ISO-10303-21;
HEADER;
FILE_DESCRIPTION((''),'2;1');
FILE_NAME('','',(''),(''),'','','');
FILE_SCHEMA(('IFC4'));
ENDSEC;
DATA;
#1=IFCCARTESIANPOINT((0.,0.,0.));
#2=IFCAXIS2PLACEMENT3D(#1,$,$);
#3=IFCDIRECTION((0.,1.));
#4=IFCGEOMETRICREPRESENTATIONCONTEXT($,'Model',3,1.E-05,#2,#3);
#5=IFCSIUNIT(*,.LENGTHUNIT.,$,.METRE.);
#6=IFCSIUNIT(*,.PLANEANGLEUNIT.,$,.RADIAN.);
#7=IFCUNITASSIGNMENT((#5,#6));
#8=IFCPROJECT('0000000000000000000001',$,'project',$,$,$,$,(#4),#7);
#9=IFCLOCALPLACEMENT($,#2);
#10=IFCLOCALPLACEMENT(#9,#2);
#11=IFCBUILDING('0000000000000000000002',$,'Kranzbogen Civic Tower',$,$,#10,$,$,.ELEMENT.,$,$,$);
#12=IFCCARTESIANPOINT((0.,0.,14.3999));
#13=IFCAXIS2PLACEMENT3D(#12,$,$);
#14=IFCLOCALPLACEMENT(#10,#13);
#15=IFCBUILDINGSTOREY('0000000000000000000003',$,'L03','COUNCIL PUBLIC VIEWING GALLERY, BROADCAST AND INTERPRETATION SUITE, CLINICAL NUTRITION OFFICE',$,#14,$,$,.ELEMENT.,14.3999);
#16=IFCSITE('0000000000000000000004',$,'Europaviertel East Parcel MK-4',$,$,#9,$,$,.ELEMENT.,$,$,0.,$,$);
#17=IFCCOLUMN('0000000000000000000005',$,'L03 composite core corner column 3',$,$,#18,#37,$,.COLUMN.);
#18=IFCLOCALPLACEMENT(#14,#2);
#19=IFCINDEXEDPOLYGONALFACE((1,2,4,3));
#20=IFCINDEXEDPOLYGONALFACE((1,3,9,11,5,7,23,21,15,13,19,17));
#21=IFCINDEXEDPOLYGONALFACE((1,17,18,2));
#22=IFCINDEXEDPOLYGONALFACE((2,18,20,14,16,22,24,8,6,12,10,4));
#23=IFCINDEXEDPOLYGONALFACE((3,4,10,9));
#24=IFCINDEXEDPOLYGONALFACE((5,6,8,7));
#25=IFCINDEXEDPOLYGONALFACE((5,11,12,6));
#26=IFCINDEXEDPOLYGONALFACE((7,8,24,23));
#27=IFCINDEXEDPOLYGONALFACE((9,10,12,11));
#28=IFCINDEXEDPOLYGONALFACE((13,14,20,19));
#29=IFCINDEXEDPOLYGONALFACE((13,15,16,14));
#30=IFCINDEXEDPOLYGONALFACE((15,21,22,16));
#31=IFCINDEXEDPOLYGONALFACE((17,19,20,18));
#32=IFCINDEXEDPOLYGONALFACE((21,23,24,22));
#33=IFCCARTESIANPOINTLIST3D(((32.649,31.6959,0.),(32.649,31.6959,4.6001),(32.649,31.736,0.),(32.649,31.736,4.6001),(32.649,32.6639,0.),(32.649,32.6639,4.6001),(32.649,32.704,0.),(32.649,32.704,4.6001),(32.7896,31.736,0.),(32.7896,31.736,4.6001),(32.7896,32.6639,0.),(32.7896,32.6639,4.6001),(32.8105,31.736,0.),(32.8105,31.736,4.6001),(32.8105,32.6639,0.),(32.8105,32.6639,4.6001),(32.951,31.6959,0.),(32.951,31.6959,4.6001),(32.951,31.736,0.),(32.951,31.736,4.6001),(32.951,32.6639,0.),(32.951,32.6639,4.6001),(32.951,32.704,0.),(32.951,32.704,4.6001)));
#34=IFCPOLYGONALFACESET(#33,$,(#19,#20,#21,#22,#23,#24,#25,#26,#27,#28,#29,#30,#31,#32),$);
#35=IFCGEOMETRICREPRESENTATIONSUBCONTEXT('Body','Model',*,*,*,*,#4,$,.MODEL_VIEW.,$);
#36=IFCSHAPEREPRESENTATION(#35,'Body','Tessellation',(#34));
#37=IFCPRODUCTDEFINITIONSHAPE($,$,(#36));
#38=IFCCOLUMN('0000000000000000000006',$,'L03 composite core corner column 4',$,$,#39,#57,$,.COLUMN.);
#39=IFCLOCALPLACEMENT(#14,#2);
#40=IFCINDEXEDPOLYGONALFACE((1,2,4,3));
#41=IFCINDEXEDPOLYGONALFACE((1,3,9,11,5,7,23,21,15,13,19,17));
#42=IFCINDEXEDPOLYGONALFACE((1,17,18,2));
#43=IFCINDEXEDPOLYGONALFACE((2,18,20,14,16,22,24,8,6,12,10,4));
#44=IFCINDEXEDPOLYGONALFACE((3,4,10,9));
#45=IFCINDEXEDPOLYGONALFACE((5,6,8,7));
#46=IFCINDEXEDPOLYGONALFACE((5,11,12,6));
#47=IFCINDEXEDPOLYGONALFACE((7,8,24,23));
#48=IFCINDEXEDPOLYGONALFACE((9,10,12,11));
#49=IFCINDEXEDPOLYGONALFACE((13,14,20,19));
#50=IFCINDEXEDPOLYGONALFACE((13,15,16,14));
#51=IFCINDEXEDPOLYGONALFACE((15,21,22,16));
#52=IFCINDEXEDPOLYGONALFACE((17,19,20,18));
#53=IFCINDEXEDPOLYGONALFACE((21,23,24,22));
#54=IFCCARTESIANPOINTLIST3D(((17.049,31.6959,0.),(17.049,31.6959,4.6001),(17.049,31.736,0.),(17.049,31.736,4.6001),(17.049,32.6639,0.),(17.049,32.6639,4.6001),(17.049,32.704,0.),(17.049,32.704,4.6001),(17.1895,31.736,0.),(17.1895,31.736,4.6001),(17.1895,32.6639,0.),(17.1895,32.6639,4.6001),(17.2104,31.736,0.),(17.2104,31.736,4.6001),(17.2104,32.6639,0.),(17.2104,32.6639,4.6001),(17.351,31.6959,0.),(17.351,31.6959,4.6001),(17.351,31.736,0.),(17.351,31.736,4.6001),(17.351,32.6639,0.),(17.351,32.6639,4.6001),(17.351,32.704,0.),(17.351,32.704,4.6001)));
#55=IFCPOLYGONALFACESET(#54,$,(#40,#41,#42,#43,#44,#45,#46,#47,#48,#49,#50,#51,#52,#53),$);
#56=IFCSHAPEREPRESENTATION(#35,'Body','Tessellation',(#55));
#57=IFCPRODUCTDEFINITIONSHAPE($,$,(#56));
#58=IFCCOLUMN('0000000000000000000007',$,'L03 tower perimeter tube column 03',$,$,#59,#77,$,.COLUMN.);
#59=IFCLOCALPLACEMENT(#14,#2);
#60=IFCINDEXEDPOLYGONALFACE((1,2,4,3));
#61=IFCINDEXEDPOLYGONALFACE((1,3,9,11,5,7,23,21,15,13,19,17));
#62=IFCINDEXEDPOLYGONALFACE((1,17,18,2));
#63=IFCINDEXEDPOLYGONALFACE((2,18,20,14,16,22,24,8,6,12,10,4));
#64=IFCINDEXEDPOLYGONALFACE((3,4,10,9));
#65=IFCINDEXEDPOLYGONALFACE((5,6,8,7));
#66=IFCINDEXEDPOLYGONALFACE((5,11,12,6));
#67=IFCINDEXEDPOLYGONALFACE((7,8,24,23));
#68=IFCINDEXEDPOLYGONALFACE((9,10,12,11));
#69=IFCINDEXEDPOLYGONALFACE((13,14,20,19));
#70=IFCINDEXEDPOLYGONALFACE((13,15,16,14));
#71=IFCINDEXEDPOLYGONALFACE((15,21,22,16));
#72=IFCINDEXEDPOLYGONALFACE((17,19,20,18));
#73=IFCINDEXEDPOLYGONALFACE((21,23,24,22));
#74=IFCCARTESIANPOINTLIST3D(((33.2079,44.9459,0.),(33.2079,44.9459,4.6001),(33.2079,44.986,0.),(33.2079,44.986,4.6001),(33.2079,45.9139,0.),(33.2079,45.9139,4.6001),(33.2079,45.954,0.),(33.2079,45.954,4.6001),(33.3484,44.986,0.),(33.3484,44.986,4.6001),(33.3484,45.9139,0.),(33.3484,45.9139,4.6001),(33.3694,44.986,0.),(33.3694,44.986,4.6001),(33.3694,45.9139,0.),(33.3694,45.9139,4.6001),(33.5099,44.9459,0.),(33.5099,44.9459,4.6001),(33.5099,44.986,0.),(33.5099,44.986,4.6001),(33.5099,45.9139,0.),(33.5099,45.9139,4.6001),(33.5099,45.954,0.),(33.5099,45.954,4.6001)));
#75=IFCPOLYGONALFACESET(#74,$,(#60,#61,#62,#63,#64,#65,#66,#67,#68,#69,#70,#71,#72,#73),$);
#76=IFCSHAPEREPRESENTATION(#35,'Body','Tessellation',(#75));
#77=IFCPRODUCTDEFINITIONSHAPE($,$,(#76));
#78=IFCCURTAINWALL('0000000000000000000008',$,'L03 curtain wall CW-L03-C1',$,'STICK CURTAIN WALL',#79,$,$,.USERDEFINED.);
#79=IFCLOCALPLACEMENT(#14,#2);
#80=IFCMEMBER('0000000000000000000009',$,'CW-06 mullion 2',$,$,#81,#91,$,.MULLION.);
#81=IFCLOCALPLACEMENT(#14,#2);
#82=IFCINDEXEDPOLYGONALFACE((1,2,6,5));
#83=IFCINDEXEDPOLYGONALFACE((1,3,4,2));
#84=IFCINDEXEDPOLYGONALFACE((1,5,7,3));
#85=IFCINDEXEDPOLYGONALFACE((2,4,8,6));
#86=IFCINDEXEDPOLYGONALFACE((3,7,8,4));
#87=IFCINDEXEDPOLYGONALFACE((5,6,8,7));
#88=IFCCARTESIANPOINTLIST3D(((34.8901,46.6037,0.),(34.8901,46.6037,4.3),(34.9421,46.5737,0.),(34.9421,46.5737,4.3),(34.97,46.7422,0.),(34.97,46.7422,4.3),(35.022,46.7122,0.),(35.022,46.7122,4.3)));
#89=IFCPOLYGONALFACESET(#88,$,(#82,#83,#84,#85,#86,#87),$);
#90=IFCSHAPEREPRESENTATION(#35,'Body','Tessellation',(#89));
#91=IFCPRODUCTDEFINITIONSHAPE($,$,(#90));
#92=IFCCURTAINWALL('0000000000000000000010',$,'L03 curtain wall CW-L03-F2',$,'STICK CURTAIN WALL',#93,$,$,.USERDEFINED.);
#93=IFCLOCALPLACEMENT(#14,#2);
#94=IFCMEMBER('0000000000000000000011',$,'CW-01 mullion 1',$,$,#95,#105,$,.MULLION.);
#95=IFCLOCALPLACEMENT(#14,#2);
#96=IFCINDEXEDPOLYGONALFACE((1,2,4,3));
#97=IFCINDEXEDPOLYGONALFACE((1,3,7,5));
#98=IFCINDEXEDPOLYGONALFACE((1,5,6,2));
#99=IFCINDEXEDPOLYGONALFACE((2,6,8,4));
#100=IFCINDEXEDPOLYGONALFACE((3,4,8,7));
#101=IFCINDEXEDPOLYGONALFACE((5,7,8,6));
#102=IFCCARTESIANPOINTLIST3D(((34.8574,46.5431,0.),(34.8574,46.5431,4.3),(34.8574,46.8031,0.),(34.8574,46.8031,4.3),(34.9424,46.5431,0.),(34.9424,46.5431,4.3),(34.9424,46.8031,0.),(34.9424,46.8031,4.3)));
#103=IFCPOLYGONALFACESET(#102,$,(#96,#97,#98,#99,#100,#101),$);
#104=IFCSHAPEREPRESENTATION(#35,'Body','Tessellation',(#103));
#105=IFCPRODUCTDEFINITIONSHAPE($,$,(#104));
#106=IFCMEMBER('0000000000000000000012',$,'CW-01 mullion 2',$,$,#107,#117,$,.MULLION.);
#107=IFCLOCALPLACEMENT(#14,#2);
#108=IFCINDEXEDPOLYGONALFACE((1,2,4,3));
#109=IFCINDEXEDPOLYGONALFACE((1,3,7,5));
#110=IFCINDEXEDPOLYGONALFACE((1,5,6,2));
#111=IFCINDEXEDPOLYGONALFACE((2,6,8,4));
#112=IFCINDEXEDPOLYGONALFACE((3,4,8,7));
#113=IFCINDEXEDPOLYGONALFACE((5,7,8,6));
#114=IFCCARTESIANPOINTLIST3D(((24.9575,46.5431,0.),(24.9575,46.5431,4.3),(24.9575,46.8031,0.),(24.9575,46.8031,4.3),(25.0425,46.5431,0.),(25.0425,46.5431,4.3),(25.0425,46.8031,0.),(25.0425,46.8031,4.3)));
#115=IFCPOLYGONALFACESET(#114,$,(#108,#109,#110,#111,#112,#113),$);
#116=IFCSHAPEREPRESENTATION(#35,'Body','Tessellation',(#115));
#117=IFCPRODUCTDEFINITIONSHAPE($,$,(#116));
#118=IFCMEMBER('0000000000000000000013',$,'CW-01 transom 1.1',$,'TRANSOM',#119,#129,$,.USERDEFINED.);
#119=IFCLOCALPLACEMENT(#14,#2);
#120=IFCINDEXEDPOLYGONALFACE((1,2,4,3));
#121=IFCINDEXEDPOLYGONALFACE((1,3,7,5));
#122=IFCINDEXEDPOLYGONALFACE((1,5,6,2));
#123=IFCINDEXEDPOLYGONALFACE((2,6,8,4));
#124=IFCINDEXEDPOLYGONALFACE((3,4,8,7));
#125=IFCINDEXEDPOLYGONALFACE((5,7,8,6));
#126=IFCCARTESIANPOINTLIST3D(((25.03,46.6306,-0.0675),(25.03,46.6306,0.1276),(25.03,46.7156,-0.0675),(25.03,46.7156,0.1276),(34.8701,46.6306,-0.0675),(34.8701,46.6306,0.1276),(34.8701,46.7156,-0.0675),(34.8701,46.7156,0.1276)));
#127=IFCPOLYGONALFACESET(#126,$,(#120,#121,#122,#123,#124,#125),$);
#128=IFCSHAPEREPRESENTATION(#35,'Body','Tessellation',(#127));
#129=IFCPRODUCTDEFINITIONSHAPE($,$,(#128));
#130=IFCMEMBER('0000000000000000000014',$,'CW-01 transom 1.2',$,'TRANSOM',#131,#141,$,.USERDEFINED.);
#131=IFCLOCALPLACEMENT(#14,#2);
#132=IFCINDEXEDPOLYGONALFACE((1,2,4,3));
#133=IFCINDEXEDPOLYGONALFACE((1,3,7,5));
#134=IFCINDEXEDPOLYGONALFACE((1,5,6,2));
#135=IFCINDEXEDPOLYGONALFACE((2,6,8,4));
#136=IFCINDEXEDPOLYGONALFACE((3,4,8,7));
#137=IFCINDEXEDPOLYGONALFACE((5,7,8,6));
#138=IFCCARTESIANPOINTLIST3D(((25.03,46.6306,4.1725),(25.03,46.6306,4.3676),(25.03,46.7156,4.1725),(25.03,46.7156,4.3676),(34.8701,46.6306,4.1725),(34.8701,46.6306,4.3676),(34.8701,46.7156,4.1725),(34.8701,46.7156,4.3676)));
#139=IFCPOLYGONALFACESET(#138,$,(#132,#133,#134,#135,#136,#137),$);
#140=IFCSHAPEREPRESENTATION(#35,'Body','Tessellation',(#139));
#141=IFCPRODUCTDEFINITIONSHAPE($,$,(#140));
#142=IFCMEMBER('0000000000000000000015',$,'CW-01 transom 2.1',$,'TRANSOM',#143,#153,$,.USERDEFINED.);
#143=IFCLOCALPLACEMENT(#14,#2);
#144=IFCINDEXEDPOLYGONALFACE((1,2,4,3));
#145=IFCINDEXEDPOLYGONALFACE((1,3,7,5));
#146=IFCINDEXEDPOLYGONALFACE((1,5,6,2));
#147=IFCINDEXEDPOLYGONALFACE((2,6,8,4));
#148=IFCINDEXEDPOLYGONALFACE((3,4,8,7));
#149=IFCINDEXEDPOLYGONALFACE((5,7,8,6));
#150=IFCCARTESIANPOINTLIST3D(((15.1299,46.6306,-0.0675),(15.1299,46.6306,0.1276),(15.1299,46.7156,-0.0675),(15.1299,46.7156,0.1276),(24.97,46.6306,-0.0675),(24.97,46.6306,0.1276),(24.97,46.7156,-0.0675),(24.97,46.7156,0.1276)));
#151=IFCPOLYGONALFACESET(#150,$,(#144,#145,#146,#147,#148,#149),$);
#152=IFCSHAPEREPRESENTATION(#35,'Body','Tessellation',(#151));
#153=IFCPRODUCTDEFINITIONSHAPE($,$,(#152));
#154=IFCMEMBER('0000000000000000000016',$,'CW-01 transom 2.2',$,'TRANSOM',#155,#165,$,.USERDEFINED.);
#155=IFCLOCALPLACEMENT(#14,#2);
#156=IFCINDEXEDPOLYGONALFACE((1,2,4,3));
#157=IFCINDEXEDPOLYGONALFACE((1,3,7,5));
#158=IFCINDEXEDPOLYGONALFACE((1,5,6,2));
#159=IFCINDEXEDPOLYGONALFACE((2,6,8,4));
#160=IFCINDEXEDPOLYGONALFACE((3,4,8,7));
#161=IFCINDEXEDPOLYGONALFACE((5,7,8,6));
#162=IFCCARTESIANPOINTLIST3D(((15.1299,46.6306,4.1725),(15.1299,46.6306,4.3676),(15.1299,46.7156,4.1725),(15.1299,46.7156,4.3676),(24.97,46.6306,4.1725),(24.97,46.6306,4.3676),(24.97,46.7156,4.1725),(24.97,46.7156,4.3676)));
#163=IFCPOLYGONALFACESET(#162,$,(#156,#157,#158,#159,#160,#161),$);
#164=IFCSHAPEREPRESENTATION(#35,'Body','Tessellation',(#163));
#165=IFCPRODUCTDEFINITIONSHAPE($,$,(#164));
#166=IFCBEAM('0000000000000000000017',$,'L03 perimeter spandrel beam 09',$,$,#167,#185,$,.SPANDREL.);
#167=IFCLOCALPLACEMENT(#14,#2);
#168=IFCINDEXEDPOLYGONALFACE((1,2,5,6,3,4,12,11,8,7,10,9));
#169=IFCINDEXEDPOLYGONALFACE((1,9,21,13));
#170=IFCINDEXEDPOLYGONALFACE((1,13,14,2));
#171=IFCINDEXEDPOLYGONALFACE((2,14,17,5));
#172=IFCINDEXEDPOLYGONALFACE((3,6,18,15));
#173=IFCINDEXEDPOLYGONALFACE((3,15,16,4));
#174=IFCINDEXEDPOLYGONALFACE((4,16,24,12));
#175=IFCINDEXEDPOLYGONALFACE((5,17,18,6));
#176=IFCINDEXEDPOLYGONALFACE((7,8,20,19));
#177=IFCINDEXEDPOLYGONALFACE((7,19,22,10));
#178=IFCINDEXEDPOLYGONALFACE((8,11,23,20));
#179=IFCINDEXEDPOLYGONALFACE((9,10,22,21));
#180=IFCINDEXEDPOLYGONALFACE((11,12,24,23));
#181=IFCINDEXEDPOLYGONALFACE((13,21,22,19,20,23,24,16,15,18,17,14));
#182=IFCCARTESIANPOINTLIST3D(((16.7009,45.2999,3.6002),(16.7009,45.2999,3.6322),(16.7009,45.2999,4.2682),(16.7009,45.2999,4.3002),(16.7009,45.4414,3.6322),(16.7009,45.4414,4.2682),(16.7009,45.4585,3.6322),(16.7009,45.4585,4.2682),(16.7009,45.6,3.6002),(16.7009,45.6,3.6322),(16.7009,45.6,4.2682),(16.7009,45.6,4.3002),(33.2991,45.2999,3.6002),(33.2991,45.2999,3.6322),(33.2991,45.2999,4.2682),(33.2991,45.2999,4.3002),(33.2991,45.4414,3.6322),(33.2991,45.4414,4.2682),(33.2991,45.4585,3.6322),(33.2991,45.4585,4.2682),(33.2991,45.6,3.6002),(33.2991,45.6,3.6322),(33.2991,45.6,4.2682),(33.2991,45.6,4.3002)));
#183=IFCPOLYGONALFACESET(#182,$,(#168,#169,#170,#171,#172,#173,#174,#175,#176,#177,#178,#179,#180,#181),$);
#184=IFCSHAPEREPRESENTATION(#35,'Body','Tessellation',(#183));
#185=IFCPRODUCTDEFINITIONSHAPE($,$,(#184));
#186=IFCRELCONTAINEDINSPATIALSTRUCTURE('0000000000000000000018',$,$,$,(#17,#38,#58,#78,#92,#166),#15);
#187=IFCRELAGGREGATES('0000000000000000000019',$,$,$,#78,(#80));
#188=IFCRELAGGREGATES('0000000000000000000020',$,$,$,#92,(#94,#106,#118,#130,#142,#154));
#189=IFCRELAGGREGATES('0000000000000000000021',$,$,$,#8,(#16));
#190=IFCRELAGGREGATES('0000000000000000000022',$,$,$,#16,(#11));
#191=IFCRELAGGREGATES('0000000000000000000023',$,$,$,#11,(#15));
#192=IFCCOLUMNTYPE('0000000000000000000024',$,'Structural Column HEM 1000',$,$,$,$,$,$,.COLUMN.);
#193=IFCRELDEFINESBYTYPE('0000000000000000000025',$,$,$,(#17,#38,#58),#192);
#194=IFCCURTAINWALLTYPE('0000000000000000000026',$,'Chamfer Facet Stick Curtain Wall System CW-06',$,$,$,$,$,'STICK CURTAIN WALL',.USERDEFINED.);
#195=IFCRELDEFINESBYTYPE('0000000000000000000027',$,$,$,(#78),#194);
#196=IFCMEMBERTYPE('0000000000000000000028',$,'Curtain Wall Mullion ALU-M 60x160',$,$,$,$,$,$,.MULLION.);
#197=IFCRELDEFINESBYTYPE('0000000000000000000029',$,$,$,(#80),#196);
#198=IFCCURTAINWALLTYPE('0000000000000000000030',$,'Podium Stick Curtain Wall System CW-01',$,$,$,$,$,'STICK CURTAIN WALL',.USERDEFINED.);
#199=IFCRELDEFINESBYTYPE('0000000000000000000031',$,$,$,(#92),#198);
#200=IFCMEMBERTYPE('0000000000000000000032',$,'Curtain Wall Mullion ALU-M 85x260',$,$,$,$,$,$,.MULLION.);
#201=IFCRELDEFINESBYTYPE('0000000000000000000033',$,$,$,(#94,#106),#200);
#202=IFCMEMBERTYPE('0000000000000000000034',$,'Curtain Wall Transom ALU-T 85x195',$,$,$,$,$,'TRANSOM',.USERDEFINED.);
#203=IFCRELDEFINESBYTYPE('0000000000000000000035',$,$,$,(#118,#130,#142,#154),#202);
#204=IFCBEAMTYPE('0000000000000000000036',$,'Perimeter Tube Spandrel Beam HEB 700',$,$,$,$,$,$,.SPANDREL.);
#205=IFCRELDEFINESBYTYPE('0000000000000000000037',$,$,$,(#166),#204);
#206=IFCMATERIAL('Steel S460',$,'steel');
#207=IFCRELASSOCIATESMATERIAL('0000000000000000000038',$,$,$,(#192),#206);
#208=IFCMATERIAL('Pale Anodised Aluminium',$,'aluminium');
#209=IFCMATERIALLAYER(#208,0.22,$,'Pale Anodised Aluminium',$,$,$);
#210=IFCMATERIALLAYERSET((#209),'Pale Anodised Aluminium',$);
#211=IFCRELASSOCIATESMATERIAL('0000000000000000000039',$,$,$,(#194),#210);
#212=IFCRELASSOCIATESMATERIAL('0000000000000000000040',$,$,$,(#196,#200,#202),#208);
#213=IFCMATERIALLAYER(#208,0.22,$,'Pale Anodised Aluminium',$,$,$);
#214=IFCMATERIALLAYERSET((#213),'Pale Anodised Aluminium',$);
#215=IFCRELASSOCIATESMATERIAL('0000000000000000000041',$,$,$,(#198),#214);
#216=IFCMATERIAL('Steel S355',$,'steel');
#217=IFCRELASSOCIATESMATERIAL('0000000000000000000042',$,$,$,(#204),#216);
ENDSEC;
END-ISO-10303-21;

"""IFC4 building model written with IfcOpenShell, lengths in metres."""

from ifc_helpers import new_model, si_unit, direction, frame, origin, origin_2d, place, context, subcontext, project, spatial, rectangle, i_section, extrude, material, layer, layer_set, material_profile, profile_set, type_object, element, aggregate, save


model = new_model("IFC4")

# Units and contexts
model_context = context("Model", 3, precision=1e-05, world=origin(), true_north=direction((0.0, 1.0)))
body_context = subcontext(model_context, "Body", "Model", "MODEL_VIEW")
ifc_project = project(units=[si_unit("LENGTHUNIT", "METRE"), si_unit("PLANEANGLEUNIT", "RADIAN")], contexts=[model_context])

# Site, building, storey
site_placement = place(None, origin())
site = spatial("IfcSite", under=ifc_project, at=site_placement, Name="Europaviertel East Parcel MK-4", CompositionType="ELEMENT", RefElevation=0.0)
building_placement = place(site_placement, origin())
building = spatial("IfcBuilding", under=site, at=building_placement, Name="Kranzbogen Civic Tower", CompositionType="ELEMENT")
storey_placement = place(building_placement, frame((0.0, 0.0, 14.3999)))
storey = spatial("IfcBuildingStorey", under=building, at=storey_placement, Name="L03", Description="COUNCIL PUBLIC VIEWING GALLERY, BROADCAST AND INTERPRETATION SUITE, CLINICAL NUTRITION OFFICE", CompositionType="ELEMENT", Elevation=14.3999)

# Columns
ifc_material_1 = material(Name="Steel S460", Category="steel")
ifc_material_profile_1 = material_profile(ifc_material_1, i_section(OverallWidth=0.302, OverallDepth=1.0081, WebThickness=0.021, FlangeThickness=0.04, at=origin_2d()), Name="HEM 1000")
ifc_profile_set_1 = profile_set([ifc_material_profile_1], Name="Steel S460")
column_type = type_object("IfcColumnType", Name="Structural Column HEM 1000", PredefinedType="COLUMN", material=ifc_profile_set_1)
for number, where, z_axis, x_axis, name in (
    (1, (32.8, 32.2, 0.0), (0.0, 0.0, 1.0), (1.0, 0.0, 0.0), "L03 composite core corner column 3"),
    (2, (17.2, 32.2, 0.0), (0.0, 0.0, 1.0), (1.0, 0.0, 0.0), "L03 composite core corner column 4"),
    (3, (33.3589, 45.45, 0.0), (0.0, 0.0, 1.0), (1.0, 0.0, 0.0), "L03 tower perimeter tube column 03"),
):
    element("IfcColumn", number, at=place(storey_placement, frame(where, z_axis=z_axis, x_axis=x_axis)), inside=storey, type_object=column_type, Name=name, PredefinedType="COLUMN", context=body_context, shape_type="SweptSolid", body=[
        extrude(i_section(OverallWidth=0.302, OverallDepth=1.0081, WebThickness=0.021, FlangeThickness=0.04, at=origin_2d()), origin(), (0.0, 0.0, 1.0), 4.6001),
    ])

# Curtain wall, member
ifc_material_2 = material(Name="Pale Anodised Aluminium", Category="aluminium")
ifc_layer_1 = layer(ifc_material_2, 0.22, Name="Pale Anodised Aluminium")
ifc_layer_set_1 = layer_set([ifc_layer_1], Name="Pale Anodised Aluminium")
curtain_wall_type_1 = type_object("IfcCurtainWallType", Name="Chamfer Facet Stick Curtain Wall System CW-06", ElementType="STICK CURTAIN WALL", PredefinedType="USERDEFINED", material=ifc_layer_set_1)
curtain_wall_1_placement = place(storey_placement, origin())
curtain_wall_1 = element("IfcCurtainWall", 4, at=curtain_wall_1_placement, inside=storey, type_object=curtain_wall_type_1, Name="L03 curtain wall CW-L03-C1", ObjectType="STICK CURTAIN WALL", PredefinedType="USERDEFINED")
ifc_material_profile_2 = material_profile(ifc_material_2, rectangle(XDim=0.0601, YDim=0.1599, at=origin_2d()), Name="ALU-M 60x160")
ifc_profile_set_2 = profile_set([ifc_material_profile_2], Name="Pale Anodised Aluminium")
member_type_1 = type_object("IfcMemberType", Name="Curtain Wall Mullion ALU-M 60x160", PredefinedType="MULLION", material=ifc_profile_set_2)
member_1_placement = place(storey_placement, frame((34.9561, 46.658, 0.0), z_axis=(0.0, 0.0, 1.0), x_axis=(-0.865992, 0.500058, 0.0)))
member_1 = element("IfcMember", 5, at=member_1_placement, type_object=member_type_1, Name="CW-06 mullion 2", PredefinedType="MULLION", context=body_context, shape_type="SweptSolid", body=[
    extrude(rectangle(XDim=0.0601, YDim=0.1599, at=origin_2d()), origin(), (0.0, 0.0, 1.0), 4.3),
])
aggregate(curtain_wall_1, [member_1])

# Curtain wall, members
ifc_layer_2 = layer(ifc_material_2, 0.22, Name="Pale Anodised Aluminium")
ifc_layer_set_2 = layer_set([ifc_layer_2], Name="Pale Anodised Aluminium")
curtain_wall_type_2 = type_object("IfcCurtainWallType", Name="Podium Stick Curtain Wall System CW-01", ElementType="STICK CURTAIN WALL", PredefinedType="USERDEFINED", material=ifc_layer_set_2)
curtain_wall_2_placement = place(storey_placement, origin())
curtain_wall_2 = element("IfcCurtainWall", 6, at=curtain_wall_2_placement, inside=storey, type_object=curtain_wall_type_2, Name="L03 curtain wall CW-L03-F2", ObjectType="STICK CURTAIN WALL", PredefinedType="USERDEFINED")
ifc_material_profile_3 = material_profile(ifc_material_2, rectangle(XDim=0.085, YDim=0.26, at=origin_2d()), Name="ALU-M 85x260")
ifc_profile_set_3 = profile_set([ifc_material_profile_3], Name="Pale Anodised Aluminium")
member_type_2 = type_object("IfcMemberType", Name="Curtain Wall Mullion ALU-M 85x260", PredefinedType="MULLION", material=ifc_profile_set_3)
member_2_placement = place(storey_placement, frame((34.8999, 46.6731, 0.0), z_axis=(0.0, 0.0, 1.0), x_axis=(-1.0, 0.0, 0.0)))
member_2 = element("IfcMember", 7, at=member_2_placement, type_object=member_type_2, Name="CW-01 mullion 1", PredefinedType="MULLION", context=body_context, shape_type="SweptSolid", body=[
    extrude(rectangle(XDim=0.085, YDim=0.26, at=origin_2d()), origin(), (0.0, 0.0, 1.0), 4.3),
])
member_3_placement = place(storey_placement, frame((25.0, 46.6731, 0.0), z_axis=(0.0, 0.0, 1.0), x_axis=(-1.0, 0.0, 0.0)))
member_3 = element("IfcMember", 8, at=member_3_placement, type_object=member_type_2, Name="CW-01 mullion 2", PredefinedType="MULLION", context=body_context, shape_type="SweptSolid", body=[
    extrude(rectangle(XDim=0.085, YDim=0.26, at=origin_2d()), origin(), (0.0, 0.0, 1.0), 4.3),
])
ifc_material_profile_4 = material_profile(ifc_material_2, rectangle(XDim=0.085, YDim=0.1951, at=origin_2d()), Name="ALU-T 85x195")
ifc_profile_set_4 = profile_set([ifc_material_profile_4], Name="Pale Anodised Aluminium")
member_type_3 = type_object("IfcMemberType", Name="Curtain Wall Transom ALU-T 85x195", ElementType="TRANSOM", PredefinedType="USERDEFINED", material=ifc_profile_set_4)
member_4_placement = place(storey_placement, frame((34.8701, 46.6731, 0.03), z_axis=(-1.0, 0.0, 0.0), x_axis=(0.0, -1.0, 0.0)))
member_4 = element("IfcMember", 9, at=member_4_placement, type_object=member_type_3, Name="CW-01 transom 1.1", ObjectType="TRANSOM", PredefinedType="USERDEFINED", context=body_context, shape_type="SweptSolid", body=[
    extrude(rectangle(XDim=0.085, YDim=0.1951, at=origin_2d()), origin(), (0.0, 0.0, 1.0), 9.8401),
])
member_5_placement = place(storey_placement, frame((34.8701, 46.6731, 4.27), z_axis=(-1.0, 0.0, 0.0), x_axis=(0.0, -1.0, 0.0)))
member_5 = element("IfcMember", 10, at=member_5_placement, type_object=member_type_3, Name="CW-01 transom 1.2", ObjectType="TRANSOM", PredefinedType="USERDEFINED", context=body_context, shape_type="SweptSolid", body=[
    extrude(rectangle(XDim=0.085, YDim=0.1951, at=origin_2d()), origin(), (0.0, 0.0, 1.0), 9.8401),
])
member_6_placement = place(storey_placement, frame((24.97, 46.6731, 0.03), z_axis=(-1.0, 0.0, 0.0), x_axis=(0.0, -1.0, 0.0)))
member_6 = element("IfcMember", 11, at=member_6_placement, type_object=member_type_3, Name="CW-01 transom 2.1", ObjectType="TRANSOM", PredefinedType="USERDEFINED", context=body_context, shape_type="SweptSolid", body=[
    extrude(rectangle(XDim=0.085, YDim=0.1951, at=origin_2d()), origin(), (0.0, 0.0, 1.0), 9.8401),
])
member_7_placement = place(storey_placement, frame((24.97, 46.6731, 4.27), z_axis=(-1.0, 0.0, 0.0), x_axis=(0.0, -1.0, 0.0)))
member_7 = element("IfcMember", 12, at=member_7_placement, type_object=member_type_3, Name="CW-01 transom 2.2", ObjectType="TRANSOM", PredefinedType="USERDEFINED", context=body_context, shape_type="SweptSolid", body=[
    extrude(rectangle(XDim=0.085, YDim=0.1951, at=origin_2d()), origin(), (0.0, 0.0, 1.0), 9.8401),
])

# Beam
ifc_material_3 = material(Name="Steel S355", Category="steel")
ifc_material_profile_5 = material_profile(ifc_material_3, i_section(OverallWidth=0.3, OverallDepth=0.7, WebThickness=0.0171, FlangeThickness=0.032, at=origin_2d()), Name="HEB 700")
ifc_profile_set_5 = profile_set([ifc_material_profile_5], Name="Steel S355")
beam_type_1 = type_object("IfcBeamType", Name="Perimeter Tube Spandrel Beam HEB 700", PredefinedType="SPANDREL", material=ifc_profile_set_5)
beam_1_placement = place(storey_placement, frame((33.2991, 45.45, 3.9502), z_axis=(-1.0, 0.0, 0.0), x_axis=(0.0, -1.0, 0.0)))
element("IfcBeam", 13, at=beam_1_placement, inside=storey, type_object=beam_type_1, Name="L03 perimeter spandrel beam 09", PredefinedType="SPANDREL", context=body_context, shape_type="SweptSolid", body=[
    extrude(i_section(OverallWidth=0.3, OverallDepth=0.7, WebThickness=0.0171, FlangeThickness=0.032, at=origin_2d()), origin(), (0.0, 0.0, 1.0), 16.5981),
])

aggregate(curtain_wall_2, [member_2, member_3, member_4, member_5, member_6, member_7])

save(model, "model.ifc")
